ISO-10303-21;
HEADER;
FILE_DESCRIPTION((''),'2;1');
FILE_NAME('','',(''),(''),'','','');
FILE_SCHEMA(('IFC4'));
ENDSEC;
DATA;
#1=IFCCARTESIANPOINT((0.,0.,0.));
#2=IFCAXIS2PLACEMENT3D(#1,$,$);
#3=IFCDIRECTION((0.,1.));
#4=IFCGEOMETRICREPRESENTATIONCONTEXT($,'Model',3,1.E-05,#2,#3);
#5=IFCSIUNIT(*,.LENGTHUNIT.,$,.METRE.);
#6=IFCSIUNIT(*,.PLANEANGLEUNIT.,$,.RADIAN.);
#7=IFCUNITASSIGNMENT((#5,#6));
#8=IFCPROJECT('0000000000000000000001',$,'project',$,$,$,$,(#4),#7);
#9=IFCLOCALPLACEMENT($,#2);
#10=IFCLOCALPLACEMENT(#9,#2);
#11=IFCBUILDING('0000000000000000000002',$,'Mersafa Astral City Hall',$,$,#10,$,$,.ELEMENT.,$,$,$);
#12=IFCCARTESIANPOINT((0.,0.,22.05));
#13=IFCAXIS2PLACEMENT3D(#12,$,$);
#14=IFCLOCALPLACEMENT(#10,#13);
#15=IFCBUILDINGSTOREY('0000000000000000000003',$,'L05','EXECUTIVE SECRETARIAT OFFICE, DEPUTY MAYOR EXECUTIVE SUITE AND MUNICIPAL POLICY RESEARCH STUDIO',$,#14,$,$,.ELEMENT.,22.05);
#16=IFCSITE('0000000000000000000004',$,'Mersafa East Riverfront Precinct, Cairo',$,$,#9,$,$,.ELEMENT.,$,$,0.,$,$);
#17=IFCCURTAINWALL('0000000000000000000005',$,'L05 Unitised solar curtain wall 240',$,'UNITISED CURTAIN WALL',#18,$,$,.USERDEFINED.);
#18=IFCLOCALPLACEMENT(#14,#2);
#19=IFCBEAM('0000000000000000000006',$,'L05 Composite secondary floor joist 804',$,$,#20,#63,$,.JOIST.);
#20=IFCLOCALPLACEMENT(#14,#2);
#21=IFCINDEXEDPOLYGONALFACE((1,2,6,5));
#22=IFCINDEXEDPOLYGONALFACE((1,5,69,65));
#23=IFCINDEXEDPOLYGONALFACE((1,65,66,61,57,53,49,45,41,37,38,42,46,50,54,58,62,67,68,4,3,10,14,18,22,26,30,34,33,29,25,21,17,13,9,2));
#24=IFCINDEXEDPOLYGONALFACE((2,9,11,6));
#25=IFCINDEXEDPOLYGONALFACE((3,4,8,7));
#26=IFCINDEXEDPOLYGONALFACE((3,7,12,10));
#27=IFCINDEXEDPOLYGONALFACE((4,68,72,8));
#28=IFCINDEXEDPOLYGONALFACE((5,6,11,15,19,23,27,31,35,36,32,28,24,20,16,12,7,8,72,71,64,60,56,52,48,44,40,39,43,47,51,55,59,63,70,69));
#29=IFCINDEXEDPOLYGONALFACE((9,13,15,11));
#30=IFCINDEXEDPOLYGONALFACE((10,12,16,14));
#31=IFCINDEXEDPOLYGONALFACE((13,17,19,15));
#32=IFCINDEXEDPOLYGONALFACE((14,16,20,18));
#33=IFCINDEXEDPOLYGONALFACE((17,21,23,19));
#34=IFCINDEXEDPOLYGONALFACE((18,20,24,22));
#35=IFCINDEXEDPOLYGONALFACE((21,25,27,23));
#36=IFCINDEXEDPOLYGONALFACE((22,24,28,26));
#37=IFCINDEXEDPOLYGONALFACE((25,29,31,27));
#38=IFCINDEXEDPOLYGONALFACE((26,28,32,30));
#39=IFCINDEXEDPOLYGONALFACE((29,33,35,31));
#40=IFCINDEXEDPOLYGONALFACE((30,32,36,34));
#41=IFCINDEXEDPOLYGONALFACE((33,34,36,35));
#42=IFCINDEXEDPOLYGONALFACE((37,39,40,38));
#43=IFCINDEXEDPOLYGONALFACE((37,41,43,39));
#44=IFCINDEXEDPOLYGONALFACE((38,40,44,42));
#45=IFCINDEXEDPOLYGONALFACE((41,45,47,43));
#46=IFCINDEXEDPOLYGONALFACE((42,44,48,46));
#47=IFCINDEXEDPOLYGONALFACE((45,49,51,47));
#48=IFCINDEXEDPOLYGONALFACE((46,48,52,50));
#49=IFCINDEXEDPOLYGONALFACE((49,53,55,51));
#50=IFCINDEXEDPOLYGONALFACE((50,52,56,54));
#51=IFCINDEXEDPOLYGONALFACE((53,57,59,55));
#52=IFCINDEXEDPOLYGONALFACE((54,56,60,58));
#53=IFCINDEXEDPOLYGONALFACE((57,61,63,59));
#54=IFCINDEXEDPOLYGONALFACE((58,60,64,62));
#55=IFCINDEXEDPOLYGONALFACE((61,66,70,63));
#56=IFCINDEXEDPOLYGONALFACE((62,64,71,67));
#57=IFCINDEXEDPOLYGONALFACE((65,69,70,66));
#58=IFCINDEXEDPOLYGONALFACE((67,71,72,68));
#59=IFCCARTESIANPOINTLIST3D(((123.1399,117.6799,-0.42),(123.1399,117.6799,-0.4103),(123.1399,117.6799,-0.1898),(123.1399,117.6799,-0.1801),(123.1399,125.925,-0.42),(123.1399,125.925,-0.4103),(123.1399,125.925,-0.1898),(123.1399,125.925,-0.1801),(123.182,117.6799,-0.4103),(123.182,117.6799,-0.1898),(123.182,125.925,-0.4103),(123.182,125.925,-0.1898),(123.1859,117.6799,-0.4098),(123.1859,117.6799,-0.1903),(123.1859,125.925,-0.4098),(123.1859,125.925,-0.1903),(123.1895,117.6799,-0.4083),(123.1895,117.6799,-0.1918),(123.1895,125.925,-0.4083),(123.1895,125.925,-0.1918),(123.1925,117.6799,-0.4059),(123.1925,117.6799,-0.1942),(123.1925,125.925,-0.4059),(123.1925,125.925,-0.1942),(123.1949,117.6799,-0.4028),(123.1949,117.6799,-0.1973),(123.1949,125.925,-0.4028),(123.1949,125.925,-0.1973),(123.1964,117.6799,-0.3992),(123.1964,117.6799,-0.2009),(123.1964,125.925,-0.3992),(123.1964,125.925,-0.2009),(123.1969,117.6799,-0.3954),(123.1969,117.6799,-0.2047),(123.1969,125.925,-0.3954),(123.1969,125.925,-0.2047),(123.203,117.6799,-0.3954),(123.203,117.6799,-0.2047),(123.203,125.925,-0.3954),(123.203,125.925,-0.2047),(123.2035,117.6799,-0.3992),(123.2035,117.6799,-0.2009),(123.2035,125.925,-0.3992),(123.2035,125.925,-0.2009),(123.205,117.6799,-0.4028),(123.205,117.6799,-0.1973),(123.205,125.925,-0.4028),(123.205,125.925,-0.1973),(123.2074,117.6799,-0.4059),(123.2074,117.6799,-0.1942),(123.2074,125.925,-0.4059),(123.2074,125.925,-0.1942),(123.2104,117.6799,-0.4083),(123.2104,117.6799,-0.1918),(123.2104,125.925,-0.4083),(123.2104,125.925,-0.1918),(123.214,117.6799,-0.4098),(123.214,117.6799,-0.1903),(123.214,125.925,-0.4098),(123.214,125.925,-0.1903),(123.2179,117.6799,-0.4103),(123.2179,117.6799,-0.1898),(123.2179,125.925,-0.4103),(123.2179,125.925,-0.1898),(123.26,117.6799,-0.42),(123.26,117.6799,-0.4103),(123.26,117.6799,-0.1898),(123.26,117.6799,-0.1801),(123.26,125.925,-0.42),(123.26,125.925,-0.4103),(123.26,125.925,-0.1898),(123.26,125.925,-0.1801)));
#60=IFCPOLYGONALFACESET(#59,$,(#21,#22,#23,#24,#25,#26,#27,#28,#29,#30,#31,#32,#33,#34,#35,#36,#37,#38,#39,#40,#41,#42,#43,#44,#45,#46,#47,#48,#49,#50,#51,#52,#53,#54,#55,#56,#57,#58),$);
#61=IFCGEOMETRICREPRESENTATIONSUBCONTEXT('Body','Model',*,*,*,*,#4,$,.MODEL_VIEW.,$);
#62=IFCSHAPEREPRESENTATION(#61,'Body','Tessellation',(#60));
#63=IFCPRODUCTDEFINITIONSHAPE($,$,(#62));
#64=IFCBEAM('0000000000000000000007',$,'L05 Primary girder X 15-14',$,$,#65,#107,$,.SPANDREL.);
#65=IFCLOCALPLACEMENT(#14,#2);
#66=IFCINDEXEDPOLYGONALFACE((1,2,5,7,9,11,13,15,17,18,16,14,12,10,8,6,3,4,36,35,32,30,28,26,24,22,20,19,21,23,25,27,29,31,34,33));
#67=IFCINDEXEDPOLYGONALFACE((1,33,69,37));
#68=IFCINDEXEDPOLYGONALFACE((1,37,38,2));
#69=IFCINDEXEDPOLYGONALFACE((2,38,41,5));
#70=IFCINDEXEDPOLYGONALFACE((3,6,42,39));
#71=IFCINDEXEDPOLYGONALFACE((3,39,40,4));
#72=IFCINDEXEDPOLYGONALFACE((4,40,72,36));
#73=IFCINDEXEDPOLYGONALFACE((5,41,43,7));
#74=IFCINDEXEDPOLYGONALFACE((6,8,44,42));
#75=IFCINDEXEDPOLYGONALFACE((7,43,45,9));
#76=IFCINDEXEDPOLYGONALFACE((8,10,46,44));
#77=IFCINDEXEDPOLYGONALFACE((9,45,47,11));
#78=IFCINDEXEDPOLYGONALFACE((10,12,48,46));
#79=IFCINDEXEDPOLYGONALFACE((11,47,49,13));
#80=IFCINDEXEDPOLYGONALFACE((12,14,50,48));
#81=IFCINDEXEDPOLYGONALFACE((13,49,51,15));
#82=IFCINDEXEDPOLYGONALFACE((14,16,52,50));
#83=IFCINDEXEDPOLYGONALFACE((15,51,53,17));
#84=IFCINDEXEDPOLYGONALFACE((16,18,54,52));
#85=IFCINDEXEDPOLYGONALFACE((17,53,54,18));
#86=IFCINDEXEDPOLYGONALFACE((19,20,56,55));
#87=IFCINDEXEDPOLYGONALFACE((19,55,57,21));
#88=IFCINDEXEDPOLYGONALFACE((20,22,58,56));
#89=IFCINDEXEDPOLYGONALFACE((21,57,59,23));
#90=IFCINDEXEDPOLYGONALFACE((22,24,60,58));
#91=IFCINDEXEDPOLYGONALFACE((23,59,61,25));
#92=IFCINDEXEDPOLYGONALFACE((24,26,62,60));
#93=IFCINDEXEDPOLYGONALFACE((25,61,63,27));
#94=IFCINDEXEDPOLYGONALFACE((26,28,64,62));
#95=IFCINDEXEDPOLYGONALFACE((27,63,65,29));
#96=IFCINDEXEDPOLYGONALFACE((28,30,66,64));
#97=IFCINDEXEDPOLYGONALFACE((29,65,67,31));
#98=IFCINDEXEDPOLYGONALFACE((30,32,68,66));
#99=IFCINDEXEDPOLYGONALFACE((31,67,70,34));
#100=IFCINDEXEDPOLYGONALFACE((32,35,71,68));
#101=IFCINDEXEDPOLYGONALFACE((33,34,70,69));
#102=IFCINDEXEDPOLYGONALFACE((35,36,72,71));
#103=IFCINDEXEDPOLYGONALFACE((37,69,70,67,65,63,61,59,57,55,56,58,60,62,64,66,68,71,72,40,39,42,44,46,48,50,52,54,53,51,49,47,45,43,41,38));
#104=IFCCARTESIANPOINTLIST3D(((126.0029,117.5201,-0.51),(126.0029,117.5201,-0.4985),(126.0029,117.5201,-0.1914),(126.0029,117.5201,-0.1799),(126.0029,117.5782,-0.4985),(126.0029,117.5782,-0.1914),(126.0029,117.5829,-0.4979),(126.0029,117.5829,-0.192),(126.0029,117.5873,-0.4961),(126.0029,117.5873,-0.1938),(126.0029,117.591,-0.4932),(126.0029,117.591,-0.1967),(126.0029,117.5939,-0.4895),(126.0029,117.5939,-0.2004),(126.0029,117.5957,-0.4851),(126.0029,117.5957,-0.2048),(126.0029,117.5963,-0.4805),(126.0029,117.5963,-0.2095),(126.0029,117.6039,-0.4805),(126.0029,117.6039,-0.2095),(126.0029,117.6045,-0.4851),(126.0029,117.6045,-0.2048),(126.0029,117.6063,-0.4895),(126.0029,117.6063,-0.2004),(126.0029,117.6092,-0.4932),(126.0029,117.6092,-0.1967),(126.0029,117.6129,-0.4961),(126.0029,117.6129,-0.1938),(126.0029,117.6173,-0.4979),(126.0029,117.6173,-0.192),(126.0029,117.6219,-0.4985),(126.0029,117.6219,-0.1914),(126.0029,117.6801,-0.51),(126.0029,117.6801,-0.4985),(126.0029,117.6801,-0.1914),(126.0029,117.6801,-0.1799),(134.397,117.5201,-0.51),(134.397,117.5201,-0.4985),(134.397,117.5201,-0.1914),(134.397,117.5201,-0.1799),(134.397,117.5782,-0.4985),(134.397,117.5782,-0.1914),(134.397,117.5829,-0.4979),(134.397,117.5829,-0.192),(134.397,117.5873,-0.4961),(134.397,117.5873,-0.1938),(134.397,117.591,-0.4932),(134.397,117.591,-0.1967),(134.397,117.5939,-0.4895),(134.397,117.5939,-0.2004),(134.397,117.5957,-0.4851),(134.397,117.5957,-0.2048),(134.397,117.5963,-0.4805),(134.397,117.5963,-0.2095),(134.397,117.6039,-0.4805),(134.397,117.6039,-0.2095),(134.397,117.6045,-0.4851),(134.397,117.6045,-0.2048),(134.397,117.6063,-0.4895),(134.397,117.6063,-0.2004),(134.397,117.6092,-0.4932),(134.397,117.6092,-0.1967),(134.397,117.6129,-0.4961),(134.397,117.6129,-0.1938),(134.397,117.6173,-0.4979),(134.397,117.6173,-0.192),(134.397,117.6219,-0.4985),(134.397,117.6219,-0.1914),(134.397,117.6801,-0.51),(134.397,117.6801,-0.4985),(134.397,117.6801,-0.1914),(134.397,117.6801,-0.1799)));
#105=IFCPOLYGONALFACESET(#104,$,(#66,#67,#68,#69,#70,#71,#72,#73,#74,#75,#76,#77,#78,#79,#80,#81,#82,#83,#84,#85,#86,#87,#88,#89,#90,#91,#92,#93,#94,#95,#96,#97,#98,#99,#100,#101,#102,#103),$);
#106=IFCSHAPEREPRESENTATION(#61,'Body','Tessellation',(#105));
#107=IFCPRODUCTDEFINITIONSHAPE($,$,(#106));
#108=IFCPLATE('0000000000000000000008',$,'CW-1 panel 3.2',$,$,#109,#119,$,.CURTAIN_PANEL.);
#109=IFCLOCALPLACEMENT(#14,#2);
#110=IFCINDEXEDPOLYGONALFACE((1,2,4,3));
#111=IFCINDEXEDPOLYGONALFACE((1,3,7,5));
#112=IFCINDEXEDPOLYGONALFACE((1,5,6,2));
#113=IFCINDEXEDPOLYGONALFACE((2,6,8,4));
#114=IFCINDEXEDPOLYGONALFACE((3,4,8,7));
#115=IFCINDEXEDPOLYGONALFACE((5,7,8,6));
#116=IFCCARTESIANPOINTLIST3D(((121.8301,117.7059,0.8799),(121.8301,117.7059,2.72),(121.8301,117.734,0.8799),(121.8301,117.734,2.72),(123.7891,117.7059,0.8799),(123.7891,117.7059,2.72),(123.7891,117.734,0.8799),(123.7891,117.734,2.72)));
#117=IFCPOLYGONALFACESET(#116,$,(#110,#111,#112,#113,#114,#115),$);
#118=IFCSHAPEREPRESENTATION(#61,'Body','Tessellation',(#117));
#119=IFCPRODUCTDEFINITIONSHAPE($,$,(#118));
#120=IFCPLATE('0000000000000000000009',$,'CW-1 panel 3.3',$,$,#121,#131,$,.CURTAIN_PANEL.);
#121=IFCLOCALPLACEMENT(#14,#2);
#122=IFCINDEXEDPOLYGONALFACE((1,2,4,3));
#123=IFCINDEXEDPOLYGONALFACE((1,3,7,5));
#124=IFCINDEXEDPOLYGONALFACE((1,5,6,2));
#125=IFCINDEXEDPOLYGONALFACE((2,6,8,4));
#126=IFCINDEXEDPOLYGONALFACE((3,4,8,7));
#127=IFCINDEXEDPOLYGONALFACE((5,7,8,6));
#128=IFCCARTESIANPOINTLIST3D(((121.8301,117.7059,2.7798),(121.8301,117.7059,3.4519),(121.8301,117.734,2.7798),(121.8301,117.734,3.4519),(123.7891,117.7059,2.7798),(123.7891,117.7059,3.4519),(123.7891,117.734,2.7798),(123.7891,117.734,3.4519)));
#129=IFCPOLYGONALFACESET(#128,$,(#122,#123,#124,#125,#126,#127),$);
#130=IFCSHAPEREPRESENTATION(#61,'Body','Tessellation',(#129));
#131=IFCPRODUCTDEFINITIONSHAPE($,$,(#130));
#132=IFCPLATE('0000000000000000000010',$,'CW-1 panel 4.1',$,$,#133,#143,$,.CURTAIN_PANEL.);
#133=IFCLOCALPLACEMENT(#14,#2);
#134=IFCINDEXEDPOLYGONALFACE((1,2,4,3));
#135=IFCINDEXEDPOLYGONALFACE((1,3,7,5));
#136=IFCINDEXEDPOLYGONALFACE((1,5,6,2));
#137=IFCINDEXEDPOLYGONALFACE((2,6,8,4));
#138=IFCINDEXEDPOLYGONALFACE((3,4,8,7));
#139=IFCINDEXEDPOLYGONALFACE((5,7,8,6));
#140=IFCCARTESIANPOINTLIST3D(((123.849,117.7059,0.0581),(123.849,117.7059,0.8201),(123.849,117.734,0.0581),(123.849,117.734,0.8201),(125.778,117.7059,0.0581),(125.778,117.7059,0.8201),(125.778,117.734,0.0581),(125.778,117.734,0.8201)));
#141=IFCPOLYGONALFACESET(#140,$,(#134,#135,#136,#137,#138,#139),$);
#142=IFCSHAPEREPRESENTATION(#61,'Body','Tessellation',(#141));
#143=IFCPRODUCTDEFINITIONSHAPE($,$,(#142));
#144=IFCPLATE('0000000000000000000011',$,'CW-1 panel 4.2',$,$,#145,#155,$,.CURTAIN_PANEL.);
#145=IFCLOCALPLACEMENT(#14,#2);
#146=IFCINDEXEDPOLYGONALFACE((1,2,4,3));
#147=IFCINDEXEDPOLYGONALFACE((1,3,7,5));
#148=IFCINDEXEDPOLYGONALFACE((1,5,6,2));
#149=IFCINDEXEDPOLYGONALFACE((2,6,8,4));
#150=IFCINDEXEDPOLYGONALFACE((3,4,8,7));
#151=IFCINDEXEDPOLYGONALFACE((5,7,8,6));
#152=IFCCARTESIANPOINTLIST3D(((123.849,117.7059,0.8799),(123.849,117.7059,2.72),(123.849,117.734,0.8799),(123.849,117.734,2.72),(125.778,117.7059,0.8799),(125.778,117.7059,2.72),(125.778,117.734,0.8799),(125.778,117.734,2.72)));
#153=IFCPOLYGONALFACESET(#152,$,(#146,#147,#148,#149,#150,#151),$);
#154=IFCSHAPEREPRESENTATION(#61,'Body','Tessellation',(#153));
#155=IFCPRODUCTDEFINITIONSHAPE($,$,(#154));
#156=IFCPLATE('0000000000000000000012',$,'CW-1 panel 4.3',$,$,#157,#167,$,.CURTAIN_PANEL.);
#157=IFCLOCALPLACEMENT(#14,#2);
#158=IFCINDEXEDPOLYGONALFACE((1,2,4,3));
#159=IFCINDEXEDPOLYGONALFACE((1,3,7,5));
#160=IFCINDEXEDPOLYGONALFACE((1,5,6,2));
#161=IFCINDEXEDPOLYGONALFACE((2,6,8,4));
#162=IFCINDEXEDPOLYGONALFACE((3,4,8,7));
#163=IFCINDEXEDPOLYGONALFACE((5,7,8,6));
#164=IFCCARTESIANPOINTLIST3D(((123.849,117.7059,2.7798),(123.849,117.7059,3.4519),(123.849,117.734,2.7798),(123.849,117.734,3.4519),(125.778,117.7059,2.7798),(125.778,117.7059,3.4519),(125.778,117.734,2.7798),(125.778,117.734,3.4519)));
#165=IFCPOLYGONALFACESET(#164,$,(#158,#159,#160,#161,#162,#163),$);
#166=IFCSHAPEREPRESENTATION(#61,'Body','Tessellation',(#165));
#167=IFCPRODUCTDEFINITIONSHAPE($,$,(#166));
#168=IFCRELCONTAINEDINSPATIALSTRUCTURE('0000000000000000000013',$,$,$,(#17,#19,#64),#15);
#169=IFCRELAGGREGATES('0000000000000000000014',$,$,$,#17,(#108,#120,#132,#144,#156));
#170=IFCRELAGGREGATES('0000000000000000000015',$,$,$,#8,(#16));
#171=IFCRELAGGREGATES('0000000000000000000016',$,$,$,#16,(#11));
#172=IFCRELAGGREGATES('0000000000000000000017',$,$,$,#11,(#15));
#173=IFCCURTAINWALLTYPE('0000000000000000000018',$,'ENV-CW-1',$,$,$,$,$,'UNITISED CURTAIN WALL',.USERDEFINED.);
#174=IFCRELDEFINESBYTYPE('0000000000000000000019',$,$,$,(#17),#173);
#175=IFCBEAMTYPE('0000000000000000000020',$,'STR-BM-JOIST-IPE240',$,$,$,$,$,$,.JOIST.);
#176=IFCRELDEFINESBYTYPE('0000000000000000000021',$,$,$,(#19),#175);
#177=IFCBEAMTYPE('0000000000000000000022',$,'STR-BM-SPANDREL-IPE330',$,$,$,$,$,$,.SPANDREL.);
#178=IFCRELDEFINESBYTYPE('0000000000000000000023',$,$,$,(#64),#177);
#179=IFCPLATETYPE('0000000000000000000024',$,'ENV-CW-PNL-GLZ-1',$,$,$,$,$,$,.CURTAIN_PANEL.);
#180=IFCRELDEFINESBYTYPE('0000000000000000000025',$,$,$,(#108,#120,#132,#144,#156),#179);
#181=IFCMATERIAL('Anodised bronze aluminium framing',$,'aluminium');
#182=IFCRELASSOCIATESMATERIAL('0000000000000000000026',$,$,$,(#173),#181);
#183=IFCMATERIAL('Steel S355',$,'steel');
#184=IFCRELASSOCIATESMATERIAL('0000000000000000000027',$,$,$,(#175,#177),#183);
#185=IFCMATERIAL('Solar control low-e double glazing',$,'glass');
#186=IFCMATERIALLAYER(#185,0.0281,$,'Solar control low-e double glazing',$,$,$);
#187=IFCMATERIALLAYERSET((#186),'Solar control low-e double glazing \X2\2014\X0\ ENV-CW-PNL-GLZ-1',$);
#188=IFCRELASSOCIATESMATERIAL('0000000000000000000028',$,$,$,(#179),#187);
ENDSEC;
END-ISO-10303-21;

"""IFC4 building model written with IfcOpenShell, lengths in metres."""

from ifc_helpers import new_model, si_unit, direction, frame, origin, origin_2d, place, context, subcontext, project, spatial, rectangle, i_section, extrude, material, layer, layer_set, material_profile, profile_set, type_object, element, aggregate, save


model = new_model("IFC4")

# Units and contexts
model_context = context("Model", 3, precision=1e-05, world=origin(), true_north=direction((0.0, 1.0)))
body_context = subcontext(model_context, "Body", "Model", "MODEL_VIEW")
ifc_project = project(units=[si_unit("LENGTHUNIT", "METRE"), si_unit("PLANEANGLEUNIT", "RADIAN")], contexts=[model_context])

# Site, building, storey
site_placement = place(None, origin())
site = spatial("IfcSite", under=ifc_project, at=site_placement, Name="Mersafa East Riverfront Precinct, Cairo", CompositionType="ELEMENT", RefElevation=0.0)
building_placement = place(site_placement, origin())
building = spatial("IfcBuilding", under=site, at=building_placement, Name="Mersafa Astral City Hall", CompositionType="ELEMENT")
storey_placement = place(building_placement, frame((0.0, 0.0, 22.05)))
storey = spatial("IfcBuildingStorey", under=building, at=storey_placement, Name="L05", Description="EXECUTIVE SECRETARIAT OFFICE, DEPUTY MAYOR EXECUTIVE SUITE AND MUNICIPAL POLICY RESEARCH STUDIO", CompositionType="ELEMENT", Elevation=22.05)

# Shared definitions
ifc_material_1 = material(Name="Steel S355", Category="steel")

# Curtain wall
ifc_material_2 = material(Name="Anodised bronze aluminium framing", Category="aluminium")
curtain_wall_type = type_object("IfcCurtainWallType", Name="ENV-CW-1", ElementType="UNITISED CURTAIN WALL", PredefinedType="USERDEFINED", material=ifc_material_2)
curtain_wall_placement = place(storey_placement, origin())
curtain_wall = element("IfcCurtainWall", 1, at=curtain_wall_placement, inside=storey, type_object=curtain_wall_type, Name="L05 Unitised solar curtain wall 240", ObjectType="UNITISED CURTAIN WALL", PredefinedType="USERDEFINED")

# Beams
ifc_material_profile_1 = material_profile(ifc_material_1, i_section(OverallWidth=0.1201, OverallDepth=0.24, WebThickness=0.0061, FlangeThickness=0.0098, FilletRadius=0.0149, at=origin_2d()), Name="IPE 240")
ifc_profile_set_1 = profile_set([ifc_material_profile_1], Name="Steel S355")
beam_type_1 = type_object("IfcBeamType", Name="STR-BM-JOIST-IPE240", PredefinedType="JOIST", material=ifc_profile_set_1)
beam_1_placement = place(storey_placement, frame((123.2, 117.6799, -0.3), z_axis=(0.0, 1.0, 0.0), x_axis=(-1.0, 0.0, 0.0)))
element("IfcBeam", 2, at=beam_1_placement, inside=storey, type_object=beam_type_1, Name="L05 Composite secondary floor joist 804", PredefinedType="JOIST", context=body_context, shape_type="SweptSolid", body=[
    extrude(i_section(OverallWidth=0.1201, OverallDepth=0.24, WebThickness=0.0061, FlangeThickness=0.0098, FilletRadius=0.0149, at=origin_2d()), origin(), (0.0, 0.0, 1.0), 8.2451),
])
ifc_material_profile_2 = material_profile(ifc_material_1, i_section(OverallWidth=0.1599, OverallDepth=0.3301, WebThickness=0.0076, FlangeThickness=0.0115, FilletRadius=0.0181, at=origin_2d()), Name="IPE 330")
ifc_profile_set_2 = profile_set([ifc_material_profile_2], Name="Steel S355")
beam_type_2 = type_object("IfcBeamType", Name="STR-BM-SPANDREL-IPE330", PredefinedType="SPANDREL", material=ifc_profile_set_2)
beam_2_placement = place(storey_placement, frame((126.0029, 117.6001, -0.345), z_axis=(1.0, 0.0, 0.0), x_axis=(0.0, 1.0, 0.0)))
element("IfcBeam", 3, at=beam_2_placement, inside=storey, type_object=beam_type_2, Name="L05 Primary girder X 15-14", PredefinedType="SPANDREL", context=body_context, shape_type="SweptSolid", body=[
    extrude(i_section(OverallWidth=0.1599, OverallDepth=0.3301, WebThickness=0.0076, FlangeThickness=0.0115, FilletRadius=0.0181, at=origin_2d()), origin(), (0.0, 0.0, 1.0), 8.394),
])

# Plates
ifc_material_3 = material(Name="Solar control low-e double glazing", Category="glass")
ifc_layer_1 = layer(ifc_material_3, 0.0281, Name="Solar control low-e double glazing")
ifc_layer_set_1 = layer_set([ifc_layer_1], Name="Solar control low-e double glazing — ENV-CW-PNL-GLZ-1")
plate_type = type_object("IfcPlateType", Name="ENV-CW-PNL-GLZ-1", PredefinedType="CURTAIN_PANEL", material=ifc_layer_set_1)
plate_1_placement = place(storey_placement, frame((122.8096, 117.72, 0.8799), z_axis=(0.0, 0.0, 1.0), x_axis=(1.0, 0.0, 0.0)))
plate_1 = element("IfcPlate", 4, at=plate_1_placement, type_object=plate_type, Name="CW-1 panel 3.2", PredefinedType="CURTAIN_PANEL", context=body_context, shape_type="SweptSolid", body=[
    extrude(rectangle(XDim=1.959, YDim=0.0281, at=origin_2d()), origin(), (0.0, 0.0, 1.0), 1.8401),
])
plate_2_placement = place(storey_placement, frame((122.8096, 117.72, 2.7798), z_axis=(0.0, 0.0, 1.0), x_axis=(1.0, 0.0, 0.0)))
plate_2 = element("IfcPlate", 5, at=plate_2_placement, type_object=plate_type, Name="CW-1 panel 3.3", PredefinedType="CURTAIN_PANEL", context=body_context, shape_type="SweptSolid", body=[
    extrude(rectangle(XDim=1.959, YDim=0.0281, at=origin_2d()), origin(), (0.0, 0.0, 1.0), 0.6721),
])
plate_3_placement = place(storey_placement, frame((124.8135, 117.72, 0.0581), z_axis=(0.0, 0.0, 1.0), x_axis=(1.0, 0.0, 0.0)))
plate_3 = element("IfcPlate", 6, at=plate_3_placement, type_object=plate_type, Name="CW-1 panel 4.1", PredefinedType="CURTAIN_PANEL", context=body_context, shape_type="SweptSolid", body=[
    extrude(rectangle(XDim=1.929, YDim=0.0281, at=origin_2d()), origin(), (0.0, 0.0, 1.0), 0.762),
])
plate_4_placement = place(storey_placement, frame((124.8135, 117.72, 0.8799), z_axis=(0.0, 0.0, 1.0), x_axis=(1.0, 0.0, 0.0)))
plate_4 = element("IfcPlate", 7, at=plate_4_placement, type_object=plate_type, Name="CW-1 panel 4.2", PredefinedType="CURTAIN_PANEL", context=body_context, shape_type="SweptSolid", body=[
    extrude(rectangle(XDim=1.929, YDim=0.0281, at=origin_2d()), origin(), (0.0, 0.0, 1.0), 1.8401),
])
plate_5_placement = place(storey_placement, frame((124.8135, 117.72, 2.7798), z_axis=(0.0, 0.0, 1.0), x_axis=(1.0, 0.0, 0.0)))
plate_5 = element("IfcPlate", 8, at=plate_5_placement, type_object=plate_type, Name="CW-1 panel 4.3", PredefinedType="CURTAIN_PANEL", context=body_context, shape_type="SweptSolid", body=[
    extrude(rectangle(XDim=1.929, YDim=0.0281, at=origin_2d()), origin(), (0.0, 0.0, 1.0), 0.6721),
])
aggregate(curtain_wall, [plate_1, plate_2, plate_3, plate_4, plate_5])

save(model, "model.ifc")
